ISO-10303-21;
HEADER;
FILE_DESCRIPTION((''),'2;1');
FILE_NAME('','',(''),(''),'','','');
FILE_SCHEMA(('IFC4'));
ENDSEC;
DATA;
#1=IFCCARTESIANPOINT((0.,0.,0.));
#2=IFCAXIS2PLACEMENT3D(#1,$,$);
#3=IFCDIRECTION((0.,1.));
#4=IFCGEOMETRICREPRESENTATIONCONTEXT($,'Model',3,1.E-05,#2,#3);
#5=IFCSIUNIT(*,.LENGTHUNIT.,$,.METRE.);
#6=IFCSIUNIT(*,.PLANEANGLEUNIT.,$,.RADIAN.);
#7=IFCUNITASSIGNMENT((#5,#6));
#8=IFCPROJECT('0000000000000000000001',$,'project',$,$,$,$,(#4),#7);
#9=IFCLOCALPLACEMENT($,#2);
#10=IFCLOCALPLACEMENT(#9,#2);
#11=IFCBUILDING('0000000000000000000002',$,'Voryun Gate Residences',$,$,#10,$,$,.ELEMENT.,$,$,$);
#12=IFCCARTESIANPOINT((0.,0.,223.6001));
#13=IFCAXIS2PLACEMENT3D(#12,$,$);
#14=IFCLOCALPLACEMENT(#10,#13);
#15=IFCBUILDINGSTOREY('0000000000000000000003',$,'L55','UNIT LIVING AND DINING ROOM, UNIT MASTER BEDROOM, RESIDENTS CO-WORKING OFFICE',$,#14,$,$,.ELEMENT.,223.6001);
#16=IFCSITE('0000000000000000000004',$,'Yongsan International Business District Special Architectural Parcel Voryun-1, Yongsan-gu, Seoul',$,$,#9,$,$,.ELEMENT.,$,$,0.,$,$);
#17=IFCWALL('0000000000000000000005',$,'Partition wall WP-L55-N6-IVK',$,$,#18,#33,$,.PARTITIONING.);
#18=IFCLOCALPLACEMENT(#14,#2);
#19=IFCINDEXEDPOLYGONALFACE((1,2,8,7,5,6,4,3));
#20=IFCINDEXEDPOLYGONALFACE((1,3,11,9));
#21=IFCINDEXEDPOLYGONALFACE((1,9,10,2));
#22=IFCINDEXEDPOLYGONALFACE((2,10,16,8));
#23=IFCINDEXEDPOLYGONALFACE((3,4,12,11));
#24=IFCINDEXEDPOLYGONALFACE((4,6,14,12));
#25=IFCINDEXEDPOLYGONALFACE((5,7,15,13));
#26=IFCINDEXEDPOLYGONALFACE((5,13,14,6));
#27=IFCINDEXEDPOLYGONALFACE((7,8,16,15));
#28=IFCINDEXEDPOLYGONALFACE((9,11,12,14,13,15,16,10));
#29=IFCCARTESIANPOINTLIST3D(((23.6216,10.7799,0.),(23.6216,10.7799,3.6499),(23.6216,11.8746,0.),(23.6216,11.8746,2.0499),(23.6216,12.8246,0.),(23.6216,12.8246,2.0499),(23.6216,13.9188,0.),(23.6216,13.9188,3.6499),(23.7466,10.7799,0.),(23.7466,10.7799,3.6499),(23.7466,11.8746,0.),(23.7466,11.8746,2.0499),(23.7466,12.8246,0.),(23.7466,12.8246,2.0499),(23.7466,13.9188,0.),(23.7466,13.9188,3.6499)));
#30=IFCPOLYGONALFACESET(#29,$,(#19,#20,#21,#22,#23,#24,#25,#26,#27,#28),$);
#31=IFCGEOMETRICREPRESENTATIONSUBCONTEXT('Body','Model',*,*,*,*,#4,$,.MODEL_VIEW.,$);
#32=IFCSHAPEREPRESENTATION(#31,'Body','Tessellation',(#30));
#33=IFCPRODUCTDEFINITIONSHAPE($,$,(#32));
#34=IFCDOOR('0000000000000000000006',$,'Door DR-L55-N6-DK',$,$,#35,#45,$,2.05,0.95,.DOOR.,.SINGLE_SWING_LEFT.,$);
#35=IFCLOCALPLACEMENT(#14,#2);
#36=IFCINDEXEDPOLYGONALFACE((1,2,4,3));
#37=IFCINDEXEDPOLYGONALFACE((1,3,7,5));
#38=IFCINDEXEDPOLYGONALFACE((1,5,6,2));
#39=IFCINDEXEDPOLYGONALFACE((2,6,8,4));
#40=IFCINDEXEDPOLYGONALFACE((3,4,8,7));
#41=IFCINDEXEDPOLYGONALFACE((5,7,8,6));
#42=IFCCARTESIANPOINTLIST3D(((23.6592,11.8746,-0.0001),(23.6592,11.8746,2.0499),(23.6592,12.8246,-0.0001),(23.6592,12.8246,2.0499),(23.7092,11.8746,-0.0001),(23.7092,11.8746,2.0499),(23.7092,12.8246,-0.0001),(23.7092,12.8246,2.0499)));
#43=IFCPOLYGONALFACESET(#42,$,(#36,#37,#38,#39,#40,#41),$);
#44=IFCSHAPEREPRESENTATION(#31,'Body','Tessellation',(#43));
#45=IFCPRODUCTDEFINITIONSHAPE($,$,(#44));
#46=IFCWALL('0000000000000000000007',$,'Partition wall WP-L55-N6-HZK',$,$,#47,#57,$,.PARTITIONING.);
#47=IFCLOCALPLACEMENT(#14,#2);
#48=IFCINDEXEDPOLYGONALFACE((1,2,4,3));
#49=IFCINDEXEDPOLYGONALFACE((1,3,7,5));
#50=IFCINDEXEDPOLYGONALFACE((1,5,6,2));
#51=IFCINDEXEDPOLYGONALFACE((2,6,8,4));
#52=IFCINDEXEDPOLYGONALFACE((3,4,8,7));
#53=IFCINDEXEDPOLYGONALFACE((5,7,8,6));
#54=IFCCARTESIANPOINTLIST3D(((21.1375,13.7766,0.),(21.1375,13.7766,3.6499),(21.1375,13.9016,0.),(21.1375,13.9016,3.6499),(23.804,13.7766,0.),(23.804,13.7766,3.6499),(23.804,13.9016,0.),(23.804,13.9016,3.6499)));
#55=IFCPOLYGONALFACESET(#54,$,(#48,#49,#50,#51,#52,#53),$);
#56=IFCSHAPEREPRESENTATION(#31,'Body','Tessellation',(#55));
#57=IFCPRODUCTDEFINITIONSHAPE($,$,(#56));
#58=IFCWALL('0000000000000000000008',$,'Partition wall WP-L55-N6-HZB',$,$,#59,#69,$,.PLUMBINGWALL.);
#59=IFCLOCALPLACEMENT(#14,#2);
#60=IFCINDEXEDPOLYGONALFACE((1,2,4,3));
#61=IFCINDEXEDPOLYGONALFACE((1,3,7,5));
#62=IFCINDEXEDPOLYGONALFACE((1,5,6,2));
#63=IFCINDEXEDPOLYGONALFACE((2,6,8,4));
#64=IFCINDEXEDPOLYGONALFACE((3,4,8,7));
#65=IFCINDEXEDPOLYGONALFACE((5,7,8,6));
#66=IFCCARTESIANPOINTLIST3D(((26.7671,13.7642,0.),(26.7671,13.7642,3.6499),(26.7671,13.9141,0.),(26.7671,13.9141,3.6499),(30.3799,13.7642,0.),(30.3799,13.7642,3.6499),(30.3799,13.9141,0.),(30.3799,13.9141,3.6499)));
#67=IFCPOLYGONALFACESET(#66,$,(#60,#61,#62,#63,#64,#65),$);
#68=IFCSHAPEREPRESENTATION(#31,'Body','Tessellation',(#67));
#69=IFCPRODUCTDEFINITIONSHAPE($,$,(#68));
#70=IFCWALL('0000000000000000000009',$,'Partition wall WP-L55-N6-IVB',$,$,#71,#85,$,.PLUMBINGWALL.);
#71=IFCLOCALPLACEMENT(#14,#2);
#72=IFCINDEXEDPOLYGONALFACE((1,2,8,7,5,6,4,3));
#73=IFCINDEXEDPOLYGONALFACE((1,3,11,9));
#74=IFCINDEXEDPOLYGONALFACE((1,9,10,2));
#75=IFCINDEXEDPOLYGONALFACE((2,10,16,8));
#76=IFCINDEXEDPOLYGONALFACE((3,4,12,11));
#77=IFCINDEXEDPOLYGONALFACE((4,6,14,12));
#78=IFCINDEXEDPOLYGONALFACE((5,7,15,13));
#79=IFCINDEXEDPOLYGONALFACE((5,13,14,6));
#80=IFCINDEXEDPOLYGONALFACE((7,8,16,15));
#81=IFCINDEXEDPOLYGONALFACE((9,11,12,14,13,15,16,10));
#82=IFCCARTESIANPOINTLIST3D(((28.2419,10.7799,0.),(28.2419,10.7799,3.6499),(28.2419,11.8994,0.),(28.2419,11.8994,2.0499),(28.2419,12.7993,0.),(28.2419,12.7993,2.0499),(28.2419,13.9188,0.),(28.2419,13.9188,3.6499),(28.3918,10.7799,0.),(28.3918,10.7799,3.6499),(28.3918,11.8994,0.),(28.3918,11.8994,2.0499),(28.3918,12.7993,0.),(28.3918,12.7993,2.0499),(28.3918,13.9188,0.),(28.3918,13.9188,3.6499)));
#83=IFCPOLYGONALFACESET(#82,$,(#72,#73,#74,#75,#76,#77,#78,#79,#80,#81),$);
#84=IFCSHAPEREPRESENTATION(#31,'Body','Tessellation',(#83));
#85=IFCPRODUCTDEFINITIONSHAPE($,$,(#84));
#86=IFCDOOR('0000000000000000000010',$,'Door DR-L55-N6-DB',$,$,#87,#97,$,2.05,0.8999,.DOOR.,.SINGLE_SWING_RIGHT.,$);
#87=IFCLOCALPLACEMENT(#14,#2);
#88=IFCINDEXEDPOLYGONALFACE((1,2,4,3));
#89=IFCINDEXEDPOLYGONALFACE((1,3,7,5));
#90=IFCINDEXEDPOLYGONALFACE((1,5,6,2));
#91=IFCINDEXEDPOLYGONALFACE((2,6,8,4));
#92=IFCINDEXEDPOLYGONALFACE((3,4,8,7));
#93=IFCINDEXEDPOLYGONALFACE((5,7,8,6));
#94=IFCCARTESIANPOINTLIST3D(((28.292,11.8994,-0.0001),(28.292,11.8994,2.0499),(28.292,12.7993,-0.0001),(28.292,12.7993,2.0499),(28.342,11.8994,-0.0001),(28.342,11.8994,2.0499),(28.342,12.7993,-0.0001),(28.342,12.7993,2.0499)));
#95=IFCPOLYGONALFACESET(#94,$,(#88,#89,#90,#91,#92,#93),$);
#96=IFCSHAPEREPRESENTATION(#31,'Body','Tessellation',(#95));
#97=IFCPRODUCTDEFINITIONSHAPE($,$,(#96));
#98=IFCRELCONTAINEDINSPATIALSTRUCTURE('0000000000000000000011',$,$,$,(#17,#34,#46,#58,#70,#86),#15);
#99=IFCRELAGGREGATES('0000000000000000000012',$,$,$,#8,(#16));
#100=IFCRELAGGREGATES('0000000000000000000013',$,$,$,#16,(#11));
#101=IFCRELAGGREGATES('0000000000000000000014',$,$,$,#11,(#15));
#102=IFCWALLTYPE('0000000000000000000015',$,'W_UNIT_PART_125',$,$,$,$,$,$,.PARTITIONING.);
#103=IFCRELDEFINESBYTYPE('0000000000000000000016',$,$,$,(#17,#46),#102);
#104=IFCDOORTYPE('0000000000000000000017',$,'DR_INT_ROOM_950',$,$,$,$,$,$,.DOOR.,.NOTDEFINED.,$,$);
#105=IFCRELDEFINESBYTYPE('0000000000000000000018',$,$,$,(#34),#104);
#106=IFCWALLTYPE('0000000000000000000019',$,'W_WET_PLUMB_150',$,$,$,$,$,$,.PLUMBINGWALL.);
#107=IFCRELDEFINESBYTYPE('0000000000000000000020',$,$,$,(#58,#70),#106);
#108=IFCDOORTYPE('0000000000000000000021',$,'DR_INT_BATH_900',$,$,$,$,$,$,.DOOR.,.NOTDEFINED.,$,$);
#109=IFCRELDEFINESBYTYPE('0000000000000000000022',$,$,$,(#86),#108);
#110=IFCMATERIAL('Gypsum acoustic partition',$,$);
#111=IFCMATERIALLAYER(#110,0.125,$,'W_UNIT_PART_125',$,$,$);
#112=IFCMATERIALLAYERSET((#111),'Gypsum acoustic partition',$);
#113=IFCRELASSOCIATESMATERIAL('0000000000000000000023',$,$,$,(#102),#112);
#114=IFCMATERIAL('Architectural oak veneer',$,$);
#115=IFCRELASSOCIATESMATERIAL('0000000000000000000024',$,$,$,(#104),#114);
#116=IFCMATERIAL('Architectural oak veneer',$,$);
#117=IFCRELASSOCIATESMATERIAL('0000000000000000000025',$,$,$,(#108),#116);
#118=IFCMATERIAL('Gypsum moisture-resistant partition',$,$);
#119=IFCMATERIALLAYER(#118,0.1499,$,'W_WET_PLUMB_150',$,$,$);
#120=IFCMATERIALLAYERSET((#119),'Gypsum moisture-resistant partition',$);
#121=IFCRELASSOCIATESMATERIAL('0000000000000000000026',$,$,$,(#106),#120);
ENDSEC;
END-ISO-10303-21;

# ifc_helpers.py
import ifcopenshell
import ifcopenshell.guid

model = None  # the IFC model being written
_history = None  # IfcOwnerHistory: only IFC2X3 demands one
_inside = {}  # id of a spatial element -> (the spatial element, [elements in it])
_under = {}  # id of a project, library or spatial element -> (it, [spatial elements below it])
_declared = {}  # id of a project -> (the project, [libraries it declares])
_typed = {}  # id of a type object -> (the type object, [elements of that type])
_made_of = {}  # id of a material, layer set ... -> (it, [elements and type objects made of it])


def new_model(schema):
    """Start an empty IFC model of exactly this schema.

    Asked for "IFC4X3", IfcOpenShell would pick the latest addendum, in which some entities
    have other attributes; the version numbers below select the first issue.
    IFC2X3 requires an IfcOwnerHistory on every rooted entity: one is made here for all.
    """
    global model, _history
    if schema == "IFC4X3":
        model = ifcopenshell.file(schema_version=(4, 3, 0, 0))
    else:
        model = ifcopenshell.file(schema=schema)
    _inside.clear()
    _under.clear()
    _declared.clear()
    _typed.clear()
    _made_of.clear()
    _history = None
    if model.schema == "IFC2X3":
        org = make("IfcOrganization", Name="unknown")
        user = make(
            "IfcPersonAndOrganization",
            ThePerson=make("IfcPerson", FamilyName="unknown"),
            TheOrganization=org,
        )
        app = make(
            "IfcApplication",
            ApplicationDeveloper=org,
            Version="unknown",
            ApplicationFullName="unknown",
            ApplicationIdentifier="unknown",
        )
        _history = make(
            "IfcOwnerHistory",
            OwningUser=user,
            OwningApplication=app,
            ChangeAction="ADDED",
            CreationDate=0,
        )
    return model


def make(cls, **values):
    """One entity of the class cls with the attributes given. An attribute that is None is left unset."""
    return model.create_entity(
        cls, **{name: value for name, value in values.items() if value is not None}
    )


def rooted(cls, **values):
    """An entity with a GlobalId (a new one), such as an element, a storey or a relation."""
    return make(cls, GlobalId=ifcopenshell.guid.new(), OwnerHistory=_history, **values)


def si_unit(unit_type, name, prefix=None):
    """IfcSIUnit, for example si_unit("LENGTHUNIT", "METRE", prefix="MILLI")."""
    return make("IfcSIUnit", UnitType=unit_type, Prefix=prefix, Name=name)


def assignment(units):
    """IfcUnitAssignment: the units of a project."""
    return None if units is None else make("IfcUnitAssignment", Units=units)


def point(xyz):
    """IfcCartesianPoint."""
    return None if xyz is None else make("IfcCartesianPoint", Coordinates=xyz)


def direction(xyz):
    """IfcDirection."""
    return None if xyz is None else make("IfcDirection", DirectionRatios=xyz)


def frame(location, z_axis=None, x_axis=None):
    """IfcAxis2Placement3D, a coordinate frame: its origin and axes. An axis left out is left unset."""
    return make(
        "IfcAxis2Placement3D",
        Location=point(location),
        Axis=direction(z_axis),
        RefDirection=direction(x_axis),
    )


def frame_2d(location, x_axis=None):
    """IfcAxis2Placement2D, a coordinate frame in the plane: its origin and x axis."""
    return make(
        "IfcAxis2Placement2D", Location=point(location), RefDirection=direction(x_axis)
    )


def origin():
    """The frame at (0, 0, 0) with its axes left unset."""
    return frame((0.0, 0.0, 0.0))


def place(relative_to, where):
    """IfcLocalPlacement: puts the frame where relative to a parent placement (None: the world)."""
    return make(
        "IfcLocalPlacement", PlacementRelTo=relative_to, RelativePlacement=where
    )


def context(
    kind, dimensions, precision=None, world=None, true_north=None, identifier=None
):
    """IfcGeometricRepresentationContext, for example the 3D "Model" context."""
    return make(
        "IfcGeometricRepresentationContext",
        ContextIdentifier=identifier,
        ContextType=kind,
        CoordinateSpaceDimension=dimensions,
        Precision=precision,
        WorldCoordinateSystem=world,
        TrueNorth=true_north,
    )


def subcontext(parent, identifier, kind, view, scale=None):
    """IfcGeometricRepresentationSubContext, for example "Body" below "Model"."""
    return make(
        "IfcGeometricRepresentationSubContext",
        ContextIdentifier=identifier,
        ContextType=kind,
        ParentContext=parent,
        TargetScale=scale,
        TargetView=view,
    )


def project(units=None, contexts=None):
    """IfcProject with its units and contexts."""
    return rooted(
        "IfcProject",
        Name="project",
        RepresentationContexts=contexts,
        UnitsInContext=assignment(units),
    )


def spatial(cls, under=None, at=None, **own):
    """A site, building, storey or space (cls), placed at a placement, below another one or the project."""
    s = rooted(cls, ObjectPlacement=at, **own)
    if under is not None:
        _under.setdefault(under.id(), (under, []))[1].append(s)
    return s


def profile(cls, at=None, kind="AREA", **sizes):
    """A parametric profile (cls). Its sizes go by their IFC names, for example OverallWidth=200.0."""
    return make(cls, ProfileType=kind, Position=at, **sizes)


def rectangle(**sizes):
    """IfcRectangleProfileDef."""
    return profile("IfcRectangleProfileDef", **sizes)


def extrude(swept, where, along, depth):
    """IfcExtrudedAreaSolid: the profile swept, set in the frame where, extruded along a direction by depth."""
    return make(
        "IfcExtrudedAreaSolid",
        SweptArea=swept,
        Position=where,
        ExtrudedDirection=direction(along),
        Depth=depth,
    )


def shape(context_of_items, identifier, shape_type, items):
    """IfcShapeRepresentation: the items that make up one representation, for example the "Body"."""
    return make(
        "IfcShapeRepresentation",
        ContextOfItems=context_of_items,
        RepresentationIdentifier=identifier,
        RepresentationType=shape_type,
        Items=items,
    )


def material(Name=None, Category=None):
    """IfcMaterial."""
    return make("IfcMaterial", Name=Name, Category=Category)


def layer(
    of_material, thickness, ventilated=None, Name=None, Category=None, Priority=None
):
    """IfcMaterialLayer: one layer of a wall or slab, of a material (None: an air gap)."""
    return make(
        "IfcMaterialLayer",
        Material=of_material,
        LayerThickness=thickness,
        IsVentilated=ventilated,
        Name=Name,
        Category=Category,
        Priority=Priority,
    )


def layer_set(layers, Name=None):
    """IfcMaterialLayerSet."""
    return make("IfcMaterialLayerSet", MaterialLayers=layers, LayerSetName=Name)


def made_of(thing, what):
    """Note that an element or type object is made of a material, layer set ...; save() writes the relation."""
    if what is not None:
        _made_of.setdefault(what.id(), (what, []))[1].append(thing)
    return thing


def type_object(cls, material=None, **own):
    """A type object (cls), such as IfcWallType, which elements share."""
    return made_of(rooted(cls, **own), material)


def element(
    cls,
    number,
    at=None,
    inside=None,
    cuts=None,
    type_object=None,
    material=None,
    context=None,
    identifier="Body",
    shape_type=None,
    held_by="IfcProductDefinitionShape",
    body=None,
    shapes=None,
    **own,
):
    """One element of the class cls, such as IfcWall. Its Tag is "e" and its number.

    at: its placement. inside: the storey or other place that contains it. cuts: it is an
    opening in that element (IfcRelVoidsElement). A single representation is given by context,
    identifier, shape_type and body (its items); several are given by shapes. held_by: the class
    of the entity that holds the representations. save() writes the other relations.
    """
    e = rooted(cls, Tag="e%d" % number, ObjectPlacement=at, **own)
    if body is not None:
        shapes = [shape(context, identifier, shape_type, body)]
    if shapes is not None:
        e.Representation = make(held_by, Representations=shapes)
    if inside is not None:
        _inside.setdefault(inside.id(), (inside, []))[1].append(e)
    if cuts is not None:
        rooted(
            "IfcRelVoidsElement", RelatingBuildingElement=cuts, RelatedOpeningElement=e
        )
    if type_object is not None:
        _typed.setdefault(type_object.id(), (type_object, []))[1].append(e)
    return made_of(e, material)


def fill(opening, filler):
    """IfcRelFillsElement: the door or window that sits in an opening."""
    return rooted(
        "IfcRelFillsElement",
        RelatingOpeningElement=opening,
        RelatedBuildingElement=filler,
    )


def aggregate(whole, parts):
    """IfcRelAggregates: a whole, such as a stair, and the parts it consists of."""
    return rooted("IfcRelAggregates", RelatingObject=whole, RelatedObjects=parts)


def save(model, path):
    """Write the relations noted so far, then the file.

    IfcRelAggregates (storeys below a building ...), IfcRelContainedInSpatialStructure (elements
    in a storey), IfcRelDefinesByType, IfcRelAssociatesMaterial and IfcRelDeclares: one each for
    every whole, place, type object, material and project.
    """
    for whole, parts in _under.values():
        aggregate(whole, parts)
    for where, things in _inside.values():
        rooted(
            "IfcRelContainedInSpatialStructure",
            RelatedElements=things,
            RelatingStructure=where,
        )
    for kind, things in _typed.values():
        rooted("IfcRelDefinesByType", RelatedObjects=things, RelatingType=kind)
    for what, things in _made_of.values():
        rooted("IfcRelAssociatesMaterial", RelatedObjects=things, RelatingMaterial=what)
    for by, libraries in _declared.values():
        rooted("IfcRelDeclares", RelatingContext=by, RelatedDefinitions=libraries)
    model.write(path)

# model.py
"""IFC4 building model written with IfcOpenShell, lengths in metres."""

from ifc_helpers import new_model, si_unit, direction, frame, frame_2d, origin, place, context, subcontext, project, spatial, rectangle, extrude, material, layer, layer_set, type_object, element, fill, save


model = new_model("IFC4")

# Units and contexts
model_context = context("Model", 3, precision=1e-05, world=origin(), true_north=direction((0.0, 1.0)))
body_context = subcontext(model_context, "Body", "Model", "MODEL_VIEW")
ifc_project = project(units=[si_unit("LENGTHUNIT", "METRE"), si_unit("PLANEANGLEUNIT", "RADIAN")], contexts=[model_context])

# Site, building, storey
site_placement = place(None, origin())
site = spatial("IfcSite", under=ifc_project, at=site_placement, Name="Yongsan International Business District Special Architectural Parcel Voryun-1, Yongsan-gu, Seoul", CompositionType="ELEMENT", RefElevation=0.0)
building_placement = place(site_placement, origin())
building = spatial("IfcBuilding", under=site, at=building_placement, Name="Voryun Gate Residences", CompositionType="ELEMENT")
storey_placement = place(building_placement, frame((0.0, 0.0, 223.6001)))
storey = spatial("IfcBuildingStorey", under=building, at=storey_placement, Name="L55", Description="UNIT LIVING AND DINING ROOM, UNIT MASTER BEDROOM, RESIDENTS CO-WORKING OFFICE", CompositionType="ELEMENT", Elevation=223.6001)

# Shared definitions
ifc_material_1 = material(Name="Gypsum acoustic partition")
ifc_layer_1 = layer(ifc_material_1, 0.125, Name="W_UNIT_PART_125")
ifc_layer_set_1 = layer_set([ifc_layer_1], Name="Gypsum acoustic partition")
wall_type_1 = type_object("IfcWallType", Name="W_UNIT_PART_125", PredefinedType="PARTITIONING", material=ifc_layer_set_1)
ifc_material_2 = material(Name="Architectural oak veneer")
door_type_1 = type_object("IfcDoorType", Name="DR_INT_ROOM_950", OperationType="NOTDEFINED", PredefinedType="DOOR", material=ifc_material_2)

# Wall, opening, door
ifc_material_3 = material(Name="Architectural oak veneer")
door_type_2 = type_object("IfcDoorType", Name="DR_INT_BATH_900", OperationType="NOTDEFINED", PredefinedType="DOOR", material=ifc_material_3)
wall_1_placement = place(storey_placement, frame((23.6841, 10.78, 0.0), z_axis=(0.0, 0.0, 1.0), x_axis=(0.0, 1.0, 0.0)))
wall_1 = element("IfcWall", 1, at=wall_1_placement, inside=storey, type_object=wall_type_1, Name="Partition wall WP-L55-N6-IVK", PredefinedType="PARTITIONING", context=body_context, shape_type="SweptSolid", body=[
    extrude(rectangle(XDim=3.1389, YDim=0.125, at=frame_2d((1.5693, 0.0))), origin(), (0.0, 0.0, 1.0), 3.6499),
])
opening_1_placement = place(wall_1_placement, frame((1.0945, 0.0, 0.0)))
opening_1 = element("IfcOpeningElement", 2, at=opening_1_placement, cuts=wall_1, PredefinedType="OPENING", context=body_context, shape_type="SweptSolid", body=[
    extrude(rectangle(XDim=0.95, YDim=2.05, at=frame_2d((0.4751, 1.0249))), frame((0.0, 0.0725, 0.0), z_axis=(0.0, -1.0, 0.0), x_axis=(1.0, 0.0, 0.0)), (0.0, 0.0, 1.0), 0.145),
])
door_1_placement = place(opening_1_placement, origin())
door_1 = element("IfcDoor", 3, at=door_1_placement, inside=storey, type_object=door_type_1, Name="Door DR-L55-N6-DK", OperationType="SINGLE_SWING_LEFT", OverallHeight=2.05, OverallWidth=0.95, PredefinedType="DOOR", context=body_context, shape_type="SweptSolid", body=[
    extrude(rectangle(XDim=0.95, YDim=2.05, at=frame_2d((0.4751, 1.0249))), frame((0.0, 0.0249, 0.0), z_axis=(0.0, -1.0, 0.0), x_axis=(1.0, 0.0, 0.0)), (0.0, 0.0, 1.0), 0.05),
])
fill(opening_1, door_1)

# Walls
wall_2_placement = place(storey_placement, frame((21.1375, 13.8391, 0.0), z_axis=(0.0, 0.0, 1.0), x_axis=(1.0, 0.0, 0.0)))
element("IfcWall", 4, at=wall_2_placement, inside=storey, type_object=wall_type_1, Name="Partition wall WP-L55-N6-HZK", PredefinedType="PARTITIONING", context=body_context, shape_type="SweptSolid", body=[
    extrude(rectangle(XDim=2.6665, YDim=0.125, at=frame_2d((1.3333, 0.0))), origin(), (0.0, 0.0, 1.0), 3.6499),
])
ifc_material_4 = material(Name="Gypsum moisture-resistant partition")
ifc_layer_2 = layer(ifc_material_4, 0.1499, Name="W_WET_PLUMB_150")
ifc_layer_set_2 = layer_set([ifc_layer_2], Name="Gypsum moisture-resistant partition")
wall_type_2 = type_object("IfcWallType", Name="W_WET_PLUMB_150", PredefinedType="PLUMBINGWALL", material=ifc_layer_set_2)
wall_3_placement = place(storey_placement, frame((26.7671, 13.8391, 0.0), z_axis=(0.0, 0.0, 1.0), x_axis=(1.0, 0.0, 0.0)))
element("IfcWall", 5, at=wall_3_placement, inside=storey, type_object=wall_type_2, Name="Partition wall WP-L55-N6-HZB", PredefinedType="PLUMBINGWALL", context=body_context, shape_type="SweptSolid", body=[
    extrude(rectangle(XDim=3.6128, YDim=0.1499, at=frame_2d((1.8064, 0.0))), origin(), (0.0, 0.0, 1.0), 3.6499),
])

# Wall, opening, door
wall_4_placement = place(storey_placement, frame((28.3169, 10.78, 0.0), z_axis=(0.0, 0.0, 1.0), x_axis=(0.0, 1.0, 0.0)))
wall_4 = element("IfcWall", 6, at=wall_4_placement, inside=storey, type_object=wall_type_2, Name="Partition wall WP-L55-N6-IVB", PredefinedType="PLUMBINGWALL", context=body_context, shape_type="SweptSolid", body=[
    extrude(rectangle(XDim=3.1389, YDim=0.1499, at=frame_2d((1.5693, 0.0))), origin(), (0.0, 0.0, 1.0), 3.6499),
])
opening_2_placement = place(wall_4_placement, frame((1.1194, 0.0, 0.0)))
opening_2 = element("IfcOpeningElement", 7, at=opening_2_placement, cuts=wall_4, PredefinedType="OPENING", context=body_context, shape_type="SweptSolid", body=[
    extrude(rectangle(XDim=0.8999, YDim=2.05, at=frame_2d((0.45, 1.0249))), frame((0.0, 0.085, 0.0), z_axis=(0.0, -1.0, 0.0), x_axis=(1.0, 0.0, 0.0)), (0.0, 0.0, 1.0), 0.1699),
])
door_2_placement = place(opening_2_placement, origin())
door_2 = element("IfcDoor", 8, at=door_2_placement, inside=storey, type_object=door_type_2, Name="Door DR-L55-N6-DB", OperationType="SINGLE_SWING_RIGHT", OverallHeight=2.05, OverallWidth=0.8999, PredefinedType="DOOR", context=body_context, shape_type="SweptSolid", body=[
    extrude(rectangle(XDim=0.8999, YDim=2.05, at=frame_2d((0.45, 1.0249))), frame((0.0, 0.0249, 0.0), z_axis=(0.0, -1.0, 0.0), x_axis=(1.0, 0.0, 0.0)), (0.0, 0.0, 1.0), 0.05),
])
fill(opening_2, door_2)

save(model, "model.ifc")
